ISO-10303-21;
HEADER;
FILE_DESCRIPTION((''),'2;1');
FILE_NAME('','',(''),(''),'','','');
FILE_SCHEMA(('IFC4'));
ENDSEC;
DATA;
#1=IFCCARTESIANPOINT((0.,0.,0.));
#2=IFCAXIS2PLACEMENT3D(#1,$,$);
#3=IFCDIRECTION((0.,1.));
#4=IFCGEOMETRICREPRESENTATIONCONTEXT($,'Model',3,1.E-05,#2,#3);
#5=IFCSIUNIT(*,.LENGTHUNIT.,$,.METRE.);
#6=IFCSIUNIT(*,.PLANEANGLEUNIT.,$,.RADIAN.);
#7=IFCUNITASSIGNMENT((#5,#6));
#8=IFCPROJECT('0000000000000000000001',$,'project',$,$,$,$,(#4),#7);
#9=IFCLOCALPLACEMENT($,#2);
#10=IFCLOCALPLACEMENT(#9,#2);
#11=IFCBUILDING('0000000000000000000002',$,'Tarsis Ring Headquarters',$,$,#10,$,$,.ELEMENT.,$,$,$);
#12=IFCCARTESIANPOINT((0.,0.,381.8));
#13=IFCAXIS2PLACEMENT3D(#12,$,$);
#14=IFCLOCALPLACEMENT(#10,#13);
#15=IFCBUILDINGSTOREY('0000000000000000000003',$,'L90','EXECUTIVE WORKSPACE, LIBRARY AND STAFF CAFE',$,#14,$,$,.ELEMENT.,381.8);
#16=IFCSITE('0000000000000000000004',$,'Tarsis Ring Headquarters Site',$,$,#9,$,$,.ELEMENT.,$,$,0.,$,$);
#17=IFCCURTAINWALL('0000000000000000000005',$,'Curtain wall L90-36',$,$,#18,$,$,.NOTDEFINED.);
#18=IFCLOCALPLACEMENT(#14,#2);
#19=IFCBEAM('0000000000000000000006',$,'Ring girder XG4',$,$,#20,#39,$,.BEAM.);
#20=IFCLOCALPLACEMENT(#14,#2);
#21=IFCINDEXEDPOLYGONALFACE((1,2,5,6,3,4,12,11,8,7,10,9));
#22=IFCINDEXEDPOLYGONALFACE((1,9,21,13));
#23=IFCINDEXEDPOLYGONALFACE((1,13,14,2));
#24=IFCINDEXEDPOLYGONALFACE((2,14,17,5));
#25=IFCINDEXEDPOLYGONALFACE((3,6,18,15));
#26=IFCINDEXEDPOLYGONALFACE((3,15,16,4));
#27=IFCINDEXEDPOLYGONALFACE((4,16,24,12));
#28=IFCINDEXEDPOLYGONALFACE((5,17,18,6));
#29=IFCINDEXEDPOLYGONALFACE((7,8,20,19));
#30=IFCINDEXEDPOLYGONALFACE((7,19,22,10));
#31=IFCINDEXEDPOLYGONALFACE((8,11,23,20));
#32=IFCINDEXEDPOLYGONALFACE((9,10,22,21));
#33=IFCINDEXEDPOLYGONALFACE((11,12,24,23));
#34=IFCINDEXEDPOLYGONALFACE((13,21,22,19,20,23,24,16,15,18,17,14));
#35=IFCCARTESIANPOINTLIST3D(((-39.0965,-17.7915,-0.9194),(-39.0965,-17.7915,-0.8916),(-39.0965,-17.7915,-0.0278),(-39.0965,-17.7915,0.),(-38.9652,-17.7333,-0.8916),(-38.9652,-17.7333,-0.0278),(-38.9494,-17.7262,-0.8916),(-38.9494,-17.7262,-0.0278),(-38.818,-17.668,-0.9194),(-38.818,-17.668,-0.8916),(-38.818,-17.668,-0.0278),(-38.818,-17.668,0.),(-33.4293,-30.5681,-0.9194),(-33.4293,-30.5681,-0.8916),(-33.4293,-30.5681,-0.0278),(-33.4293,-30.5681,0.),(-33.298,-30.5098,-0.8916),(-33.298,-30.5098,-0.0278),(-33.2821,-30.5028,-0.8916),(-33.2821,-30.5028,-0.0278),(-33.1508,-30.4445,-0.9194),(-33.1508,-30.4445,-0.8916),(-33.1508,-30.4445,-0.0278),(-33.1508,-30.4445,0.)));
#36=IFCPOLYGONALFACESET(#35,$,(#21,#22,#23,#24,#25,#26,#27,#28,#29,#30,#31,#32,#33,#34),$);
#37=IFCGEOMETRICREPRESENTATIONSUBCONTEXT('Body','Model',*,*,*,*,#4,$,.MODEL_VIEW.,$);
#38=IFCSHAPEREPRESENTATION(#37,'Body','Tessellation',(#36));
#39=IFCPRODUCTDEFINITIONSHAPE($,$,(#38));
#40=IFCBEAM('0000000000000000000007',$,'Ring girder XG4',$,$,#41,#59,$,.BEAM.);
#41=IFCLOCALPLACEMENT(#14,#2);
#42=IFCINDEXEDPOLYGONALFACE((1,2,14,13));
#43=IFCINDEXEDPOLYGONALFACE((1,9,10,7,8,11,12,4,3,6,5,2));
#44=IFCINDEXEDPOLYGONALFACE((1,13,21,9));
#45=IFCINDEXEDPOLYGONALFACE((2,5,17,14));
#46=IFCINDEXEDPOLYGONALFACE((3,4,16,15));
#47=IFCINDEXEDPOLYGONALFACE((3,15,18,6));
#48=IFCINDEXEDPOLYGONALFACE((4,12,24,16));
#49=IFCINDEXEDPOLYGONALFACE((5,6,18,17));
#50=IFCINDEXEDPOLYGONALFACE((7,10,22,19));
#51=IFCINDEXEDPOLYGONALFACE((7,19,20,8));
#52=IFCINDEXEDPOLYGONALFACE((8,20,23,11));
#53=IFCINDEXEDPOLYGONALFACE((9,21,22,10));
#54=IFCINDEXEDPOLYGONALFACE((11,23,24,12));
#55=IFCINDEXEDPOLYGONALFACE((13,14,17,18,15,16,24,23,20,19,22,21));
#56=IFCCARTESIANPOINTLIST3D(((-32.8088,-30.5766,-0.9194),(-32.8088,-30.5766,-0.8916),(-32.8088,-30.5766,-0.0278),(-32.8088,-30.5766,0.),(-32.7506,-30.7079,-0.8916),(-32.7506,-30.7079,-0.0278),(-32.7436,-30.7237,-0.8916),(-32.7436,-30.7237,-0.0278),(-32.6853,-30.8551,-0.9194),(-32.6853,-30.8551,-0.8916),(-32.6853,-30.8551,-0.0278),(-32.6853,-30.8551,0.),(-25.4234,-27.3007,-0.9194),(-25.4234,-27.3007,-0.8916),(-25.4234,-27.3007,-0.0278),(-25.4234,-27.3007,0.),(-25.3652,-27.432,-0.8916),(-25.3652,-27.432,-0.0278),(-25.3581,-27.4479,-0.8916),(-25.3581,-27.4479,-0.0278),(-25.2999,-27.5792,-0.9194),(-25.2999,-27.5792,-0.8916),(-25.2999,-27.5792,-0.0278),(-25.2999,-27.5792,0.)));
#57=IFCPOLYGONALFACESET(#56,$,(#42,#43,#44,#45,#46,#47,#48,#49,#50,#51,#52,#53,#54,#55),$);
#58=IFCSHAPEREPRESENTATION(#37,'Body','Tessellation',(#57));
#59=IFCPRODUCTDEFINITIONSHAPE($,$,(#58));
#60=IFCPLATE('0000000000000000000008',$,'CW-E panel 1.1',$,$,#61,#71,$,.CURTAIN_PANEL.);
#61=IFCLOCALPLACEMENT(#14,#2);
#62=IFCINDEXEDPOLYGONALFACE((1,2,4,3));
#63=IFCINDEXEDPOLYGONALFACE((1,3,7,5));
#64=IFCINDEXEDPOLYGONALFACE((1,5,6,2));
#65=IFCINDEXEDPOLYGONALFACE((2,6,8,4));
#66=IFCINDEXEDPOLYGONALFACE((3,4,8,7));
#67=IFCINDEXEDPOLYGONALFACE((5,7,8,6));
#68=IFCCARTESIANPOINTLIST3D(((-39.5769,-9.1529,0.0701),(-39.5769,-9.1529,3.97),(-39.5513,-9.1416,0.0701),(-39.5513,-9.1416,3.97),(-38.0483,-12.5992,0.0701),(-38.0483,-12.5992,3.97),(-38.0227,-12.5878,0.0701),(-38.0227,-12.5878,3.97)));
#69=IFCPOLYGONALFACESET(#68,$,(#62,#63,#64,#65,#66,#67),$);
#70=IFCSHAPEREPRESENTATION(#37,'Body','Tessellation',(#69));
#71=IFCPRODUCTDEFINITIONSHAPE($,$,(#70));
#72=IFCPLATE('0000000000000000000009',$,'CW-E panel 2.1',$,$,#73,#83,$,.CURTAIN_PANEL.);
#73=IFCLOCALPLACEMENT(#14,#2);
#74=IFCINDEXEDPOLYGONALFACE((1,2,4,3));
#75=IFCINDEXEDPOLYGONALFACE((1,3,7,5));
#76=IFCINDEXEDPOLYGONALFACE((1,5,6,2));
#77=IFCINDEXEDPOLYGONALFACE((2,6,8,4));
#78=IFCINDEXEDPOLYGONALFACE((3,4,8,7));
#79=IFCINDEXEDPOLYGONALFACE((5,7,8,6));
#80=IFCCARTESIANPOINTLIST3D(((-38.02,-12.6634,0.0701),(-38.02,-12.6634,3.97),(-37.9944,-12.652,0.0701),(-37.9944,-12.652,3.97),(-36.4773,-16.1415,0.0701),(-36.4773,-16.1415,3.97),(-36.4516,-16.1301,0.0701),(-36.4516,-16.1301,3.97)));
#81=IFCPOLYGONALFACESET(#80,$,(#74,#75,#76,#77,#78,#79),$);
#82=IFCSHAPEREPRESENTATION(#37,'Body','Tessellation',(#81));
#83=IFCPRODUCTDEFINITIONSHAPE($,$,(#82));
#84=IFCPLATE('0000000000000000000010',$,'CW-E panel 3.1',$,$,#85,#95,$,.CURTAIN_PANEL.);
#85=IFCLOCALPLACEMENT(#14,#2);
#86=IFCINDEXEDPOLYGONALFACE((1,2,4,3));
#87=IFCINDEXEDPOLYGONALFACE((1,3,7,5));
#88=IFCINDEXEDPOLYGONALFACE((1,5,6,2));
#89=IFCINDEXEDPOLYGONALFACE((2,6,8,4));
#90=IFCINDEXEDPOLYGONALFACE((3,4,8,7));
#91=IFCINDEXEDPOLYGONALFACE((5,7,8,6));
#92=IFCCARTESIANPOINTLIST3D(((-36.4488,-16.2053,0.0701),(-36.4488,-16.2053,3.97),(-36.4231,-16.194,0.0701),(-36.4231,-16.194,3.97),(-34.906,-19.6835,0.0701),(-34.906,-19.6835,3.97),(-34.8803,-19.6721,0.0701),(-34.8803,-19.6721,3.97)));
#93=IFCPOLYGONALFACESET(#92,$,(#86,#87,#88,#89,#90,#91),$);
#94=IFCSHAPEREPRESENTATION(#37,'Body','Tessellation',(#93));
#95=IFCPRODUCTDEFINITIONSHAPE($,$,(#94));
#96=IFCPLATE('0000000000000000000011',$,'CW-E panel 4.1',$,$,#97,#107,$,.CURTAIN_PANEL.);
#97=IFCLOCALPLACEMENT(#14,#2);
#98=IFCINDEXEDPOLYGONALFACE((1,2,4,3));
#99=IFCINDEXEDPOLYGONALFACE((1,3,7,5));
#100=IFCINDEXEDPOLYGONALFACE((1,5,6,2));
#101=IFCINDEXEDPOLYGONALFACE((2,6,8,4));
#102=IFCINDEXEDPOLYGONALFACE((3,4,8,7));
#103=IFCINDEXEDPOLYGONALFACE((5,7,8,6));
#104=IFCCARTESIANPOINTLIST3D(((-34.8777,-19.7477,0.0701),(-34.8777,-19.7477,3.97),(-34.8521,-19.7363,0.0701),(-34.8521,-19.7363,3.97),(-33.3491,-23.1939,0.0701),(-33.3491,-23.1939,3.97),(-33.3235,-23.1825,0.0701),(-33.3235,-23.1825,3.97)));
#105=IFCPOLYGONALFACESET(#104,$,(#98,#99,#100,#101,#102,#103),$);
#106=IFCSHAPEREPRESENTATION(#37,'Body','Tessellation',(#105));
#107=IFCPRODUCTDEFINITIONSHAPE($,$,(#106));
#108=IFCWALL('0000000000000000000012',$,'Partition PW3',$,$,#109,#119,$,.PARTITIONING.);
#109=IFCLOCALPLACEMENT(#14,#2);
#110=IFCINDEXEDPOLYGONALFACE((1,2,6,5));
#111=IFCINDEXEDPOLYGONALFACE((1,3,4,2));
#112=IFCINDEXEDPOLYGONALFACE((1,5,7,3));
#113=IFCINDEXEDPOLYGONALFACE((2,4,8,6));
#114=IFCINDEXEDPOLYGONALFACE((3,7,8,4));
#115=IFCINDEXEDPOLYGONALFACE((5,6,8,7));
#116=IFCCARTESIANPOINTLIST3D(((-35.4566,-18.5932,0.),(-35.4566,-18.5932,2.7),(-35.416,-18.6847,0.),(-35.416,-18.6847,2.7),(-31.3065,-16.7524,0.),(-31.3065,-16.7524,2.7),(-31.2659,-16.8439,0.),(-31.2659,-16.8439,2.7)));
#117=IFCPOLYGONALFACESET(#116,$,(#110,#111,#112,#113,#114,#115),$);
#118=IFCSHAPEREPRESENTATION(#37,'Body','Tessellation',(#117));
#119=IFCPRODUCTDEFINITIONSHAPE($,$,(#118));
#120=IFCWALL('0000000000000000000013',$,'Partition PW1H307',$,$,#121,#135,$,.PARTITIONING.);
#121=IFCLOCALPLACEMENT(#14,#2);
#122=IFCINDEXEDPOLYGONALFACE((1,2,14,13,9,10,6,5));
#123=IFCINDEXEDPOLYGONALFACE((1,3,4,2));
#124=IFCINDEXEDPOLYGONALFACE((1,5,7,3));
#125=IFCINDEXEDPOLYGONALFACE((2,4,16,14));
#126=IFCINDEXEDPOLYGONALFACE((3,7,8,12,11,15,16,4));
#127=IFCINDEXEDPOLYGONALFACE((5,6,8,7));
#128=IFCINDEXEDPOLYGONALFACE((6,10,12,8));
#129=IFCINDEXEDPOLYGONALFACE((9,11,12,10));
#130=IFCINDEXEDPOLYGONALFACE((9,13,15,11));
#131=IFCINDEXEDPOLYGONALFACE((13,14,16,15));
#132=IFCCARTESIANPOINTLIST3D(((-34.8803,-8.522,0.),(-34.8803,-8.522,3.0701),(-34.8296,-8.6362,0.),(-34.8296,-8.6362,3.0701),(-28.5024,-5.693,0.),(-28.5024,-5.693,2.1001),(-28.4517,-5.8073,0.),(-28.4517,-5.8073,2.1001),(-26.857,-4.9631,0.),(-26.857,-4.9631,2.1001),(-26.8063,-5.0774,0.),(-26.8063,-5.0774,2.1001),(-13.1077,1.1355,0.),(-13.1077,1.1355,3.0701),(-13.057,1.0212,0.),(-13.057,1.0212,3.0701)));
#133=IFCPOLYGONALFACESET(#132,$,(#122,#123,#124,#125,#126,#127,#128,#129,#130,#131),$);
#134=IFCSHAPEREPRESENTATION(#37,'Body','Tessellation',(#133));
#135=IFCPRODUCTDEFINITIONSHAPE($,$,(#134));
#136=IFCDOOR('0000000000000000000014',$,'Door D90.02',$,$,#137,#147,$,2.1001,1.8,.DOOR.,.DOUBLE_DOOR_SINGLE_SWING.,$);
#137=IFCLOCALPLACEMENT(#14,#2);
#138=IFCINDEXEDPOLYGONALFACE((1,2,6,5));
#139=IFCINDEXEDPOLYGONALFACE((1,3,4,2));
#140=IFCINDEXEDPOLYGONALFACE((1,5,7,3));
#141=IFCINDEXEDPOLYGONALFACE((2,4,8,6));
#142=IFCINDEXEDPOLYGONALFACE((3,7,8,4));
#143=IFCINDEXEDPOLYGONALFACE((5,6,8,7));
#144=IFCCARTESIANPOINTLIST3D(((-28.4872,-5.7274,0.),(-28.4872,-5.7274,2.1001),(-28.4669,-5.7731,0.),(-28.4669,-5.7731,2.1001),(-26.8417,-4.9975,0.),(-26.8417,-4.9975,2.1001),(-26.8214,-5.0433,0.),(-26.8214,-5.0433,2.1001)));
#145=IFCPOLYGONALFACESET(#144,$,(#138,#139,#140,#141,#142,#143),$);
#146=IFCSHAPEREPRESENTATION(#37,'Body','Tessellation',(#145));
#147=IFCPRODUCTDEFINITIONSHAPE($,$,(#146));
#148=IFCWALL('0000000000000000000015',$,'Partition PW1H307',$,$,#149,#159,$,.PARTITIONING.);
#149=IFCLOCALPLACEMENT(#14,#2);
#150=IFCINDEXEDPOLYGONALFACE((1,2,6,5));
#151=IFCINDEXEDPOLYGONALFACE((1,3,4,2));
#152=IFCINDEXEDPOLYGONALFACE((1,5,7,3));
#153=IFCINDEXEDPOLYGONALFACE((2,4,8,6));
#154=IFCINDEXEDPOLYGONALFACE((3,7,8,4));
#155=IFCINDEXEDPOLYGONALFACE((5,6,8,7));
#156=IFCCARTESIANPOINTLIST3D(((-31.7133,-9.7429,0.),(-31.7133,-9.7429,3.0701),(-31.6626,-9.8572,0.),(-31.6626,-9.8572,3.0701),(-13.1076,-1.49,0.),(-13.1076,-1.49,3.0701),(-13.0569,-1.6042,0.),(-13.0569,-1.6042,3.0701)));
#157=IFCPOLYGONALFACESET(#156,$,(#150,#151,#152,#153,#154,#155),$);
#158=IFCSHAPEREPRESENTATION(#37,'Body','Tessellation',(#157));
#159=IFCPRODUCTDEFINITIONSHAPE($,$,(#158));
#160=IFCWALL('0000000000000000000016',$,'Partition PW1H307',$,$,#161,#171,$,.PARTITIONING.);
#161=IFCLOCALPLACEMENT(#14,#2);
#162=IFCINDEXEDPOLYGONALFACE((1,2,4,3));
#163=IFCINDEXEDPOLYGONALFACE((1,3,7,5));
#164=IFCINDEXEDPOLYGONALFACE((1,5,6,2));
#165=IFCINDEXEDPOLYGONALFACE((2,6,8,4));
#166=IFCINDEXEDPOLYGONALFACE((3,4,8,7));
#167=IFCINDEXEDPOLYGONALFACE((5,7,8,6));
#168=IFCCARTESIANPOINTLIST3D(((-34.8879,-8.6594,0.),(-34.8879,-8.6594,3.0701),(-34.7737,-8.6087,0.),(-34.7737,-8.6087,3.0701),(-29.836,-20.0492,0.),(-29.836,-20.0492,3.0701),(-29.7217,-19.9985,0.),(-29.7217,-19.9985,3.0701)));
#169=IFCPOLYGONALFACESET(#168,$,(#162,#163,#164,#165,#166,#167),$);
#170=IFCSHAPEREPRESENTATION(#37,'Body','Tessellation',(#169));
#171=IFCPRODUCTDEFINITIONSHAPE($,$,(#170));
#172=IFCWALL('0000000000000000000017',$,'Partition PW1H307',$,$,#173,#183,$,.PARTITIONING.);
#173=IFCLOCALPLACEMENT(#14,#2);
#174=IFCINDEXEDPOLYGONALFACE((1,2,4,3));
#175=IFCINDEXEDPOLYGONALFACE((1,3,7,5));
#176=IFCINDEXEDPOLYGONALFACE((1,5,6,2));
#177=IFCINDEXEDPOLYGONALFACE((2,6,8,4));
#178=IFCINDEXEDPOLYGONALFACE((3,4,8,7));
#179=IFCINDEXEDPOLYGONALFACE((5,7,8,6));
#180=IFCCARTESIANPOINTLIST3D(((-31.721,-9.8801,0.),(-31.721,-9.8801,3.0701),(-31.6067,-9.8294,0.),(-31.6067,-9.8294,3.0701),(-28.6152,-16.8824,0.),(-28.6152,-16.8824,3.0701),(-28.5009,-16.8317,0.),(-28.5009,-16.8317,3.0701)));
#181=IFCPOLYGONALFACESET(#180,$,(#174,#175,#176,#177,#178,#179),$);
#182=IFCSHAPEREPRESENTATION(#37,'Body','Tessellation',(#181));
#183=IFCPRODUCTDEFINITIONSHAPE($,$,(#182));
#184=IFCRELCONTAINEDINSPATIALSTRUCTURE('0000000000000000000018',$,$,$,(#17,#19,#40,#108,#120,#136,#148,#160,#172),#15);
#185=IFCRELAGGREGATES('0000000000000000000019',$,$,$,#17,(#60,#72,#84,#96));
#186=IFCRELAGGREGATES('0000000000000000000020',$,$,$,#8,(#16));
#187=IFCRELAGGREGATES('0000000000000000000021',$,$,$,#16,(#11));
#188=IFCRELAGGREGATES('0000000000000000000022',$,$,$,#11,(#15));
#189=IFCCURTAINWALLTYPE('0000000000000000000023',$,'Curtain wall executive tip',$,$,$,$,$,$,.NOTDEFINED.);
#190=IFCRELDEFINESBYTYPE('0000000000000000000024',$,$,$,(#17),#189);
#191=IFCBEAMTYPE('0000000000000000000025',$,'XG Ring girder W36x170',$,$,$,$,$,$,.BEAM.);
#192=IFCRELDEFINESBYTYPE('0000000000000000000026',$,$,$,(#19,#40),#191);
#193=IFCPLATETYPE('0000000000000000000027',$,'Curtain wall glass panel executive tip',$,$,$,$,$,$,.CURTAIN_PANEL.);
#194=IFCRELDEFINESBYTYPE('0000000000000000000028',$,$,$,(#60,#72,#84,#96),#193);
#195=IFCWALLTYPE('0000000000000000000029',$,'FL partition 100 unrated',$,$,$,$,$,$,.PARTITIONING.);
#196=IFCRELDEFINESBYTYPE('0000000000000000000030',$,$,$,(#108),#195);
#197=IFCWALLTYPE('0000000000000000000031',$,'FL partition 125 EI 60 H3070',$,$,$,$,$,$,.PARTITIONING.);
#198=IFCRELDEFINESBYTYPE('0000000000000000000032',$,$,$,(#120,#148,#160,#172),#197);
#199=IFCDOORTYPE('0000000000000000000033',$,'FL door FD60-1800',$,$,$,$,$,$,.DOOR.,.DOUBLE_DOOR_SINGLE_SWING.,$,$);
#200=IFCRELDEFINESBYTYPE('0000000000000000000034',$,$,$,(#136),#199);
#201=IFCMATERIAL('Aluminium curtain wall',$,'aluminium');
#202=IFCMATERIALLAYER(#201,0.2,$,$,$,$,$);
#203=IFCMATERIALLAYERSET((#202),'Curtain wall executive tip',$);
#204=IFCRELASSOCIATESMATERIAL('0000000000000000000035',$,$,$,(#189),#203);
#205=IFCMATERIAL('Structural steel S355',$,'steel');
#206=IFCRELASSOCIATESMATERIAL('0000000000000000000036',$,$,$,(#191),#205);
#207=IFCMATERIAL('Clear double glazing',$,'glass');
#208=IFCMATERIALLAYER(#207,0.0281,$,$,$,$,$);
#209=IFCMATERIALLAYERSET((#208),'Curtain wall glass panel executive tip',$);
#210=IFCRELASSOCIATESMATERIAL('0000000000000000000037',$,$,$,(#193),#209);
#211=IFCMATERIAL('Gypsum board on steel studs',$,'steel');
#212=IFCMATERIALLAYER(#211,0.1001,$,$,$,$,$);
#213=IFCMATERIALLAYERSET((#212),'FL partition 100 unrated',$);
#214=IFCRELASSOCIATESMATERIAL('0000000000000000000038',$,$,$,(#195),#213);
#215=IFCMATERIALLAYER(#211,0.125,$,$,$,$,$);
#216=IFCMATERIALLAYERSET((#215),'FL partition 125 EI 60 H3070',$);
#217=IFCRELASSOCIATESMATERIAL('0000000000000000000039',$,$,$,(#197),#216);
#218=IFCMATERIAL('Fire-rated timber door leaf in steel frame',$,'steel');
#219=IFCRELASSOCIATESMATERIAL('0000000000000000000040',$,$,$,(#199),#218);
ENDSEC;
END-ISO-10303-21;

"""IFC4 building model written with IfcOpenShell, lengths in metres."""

from ifc_helpers import new_model, si_unit, direction, frame, frame_2d, origin, origin_2d, place, context, subcontext, project, spatial, rectangle, i_section, extrude, material, layer, layer_set, material_profile, profile_set, type_object, element, fill, aggregate, save


model = new_model("IFC4")

# Units and contexts
model_context = context("Model", 3, precision=1e-05, world=origin(), true_north=direction((0.0, 1.0)))
body_context = subcontext(model_context, "Body", "Model", "MODEL_VIEW")
ifc_project = project(units=[si_unit("LENGTHUNIT", "METRE"), si_unit("PLANEANGLEUNIT", "RADIAN")], contexts=[model_context])

# Site, building, storey
site_placement = place(None, origin())
site = spatial("IfcSite", under=ifc_project, at=site_placement, Name="Tarsis Ring Headquarters Site", CompositionType="ELEMENT", RefElevation=0.0)
building_placement = place(site_placement, origin())
building = spatial("IfcBuilding", under=site, at=building_placement, Name="Tarsis Ring Headquarters", CompositionType="ELEMENT")
storey_placement = place(building_placement, frame((0.0, 0.0, 381.8)))
storey = spatial("IfcBuildingStorey", under=building, at=storey_placement, Name="L90", Description="EXECUTIVE WORKSPACE, LIBRARY AND STAFF CAFE", CompositionType="ELEMENT", Elevation=381.8)

# Shared definitions
ifc_material_1 = material(Name="Structural steel S355", Category="steel")

# Curtain wall
ifc_material_2 = material(Name="Aluminium curtain wall", Category="aluminium")
ifc_layer_1 = layer(ifc_material_2, 0.2)
ifc_layer_set_1 = layer_set([ifc_layer_1], Name="Curtain wall executive tip")
curtain_wall_type = type_object("IfcCurtainWallType", Name="Curtain wall executive tip", PredefinedType="NOTDEFINED", material=ifc_layer_set_1)
curtain_wall_placement = place(storey_placement, origin())
curtain_wall = element("IfcCurtainWall", 1, at=curtain_wall_placement, inside=storey, type_object=curtain_wall_type, Name="Curtain wall L90-36", PredefinedType="NOTDEFINED")

# Beams
ifc_material_profile_1 = material_profile(ifc_material_1, i_section(OverallWidth=0.3047, OverallDepth=0.9194, WebThickness=0.0173, FlangeThickness=0.0278, at=origin_2d()), Name="W36x170")
ifc_profile_set_1 = profile_set([ifc_material_profile_1], Name="Structural steel S355")
beam_type = type_object("IfcBeamType", Name="XG Ring girder W36x170", PredefinedType="BEAM", material=ifc_profile_set_1)
beam_1_placement = place(storey_placement, frame((-38.9573, -17.7297, -0.4597), z_axis=(0.405466, -0.91411, 0.0), x_axis=(0.91411, 0.405466, 0.0)))
element("IfcBeam", 2, at=beam_1_placement, inside=storey, type_object=beam_type, Name="Ring girder XG4", PredefinedType="BEAM", context=body_context, shape_type="SweptSolid", body=[
    extrude(i_section(OverallWidth=0.3047, OverallDepth=0.9194, WebThickness=0.0173, FlangeThickness=0.0278, at=origin_2d()), origin(), (0.0, 0.0, 1.0), 13.9771),
])
beam_2_placement = place(storey_placement, frame((-32.7471, -30.7158, -0.4597), z_axis=(0.914113, 0.40546, 0.0), x_axis=(-0.40546, 0.914113, 0.0)))
element("IfcBeam", 3, at=beam_2_placement, inside=storey, type_object=beam_type, Name="Ring girder XG4", PredefinedType="BEAM", context=body_context, shape_type="SweptSolid", body=[
    extrude(i_section(OverallWidth=0.3047, OverallDepth=0.9194, WebThickness=0.0173, FlangeThickness=0.0278, at=origin_2d()), origin(), (0.0, 0.0, 1.0), 8.0793),
])

# Plates
ifc_material_3 = material(Name="Clear double glazing", Category="glass")
ifc_layer_2 = layer(ifc_material_3, 0.0281)
ifc_layer_set_2 = layer_set([ifc_layer_2], Name="Curtain wall glass panel executive tip")
plate_type = type_object("IfcPlateType", Name="Curtain wall glass panel executive tip", PredefinedType="CURTAIN_PANEL", material=ifc_layer_set_2)
plate_1_placement = place(storey_placement, frame((-38.7998, -10.8704, 0.0701), z_axis=(0.0, 0.0, 1.0), x_axis=(0.405461, -0.914112, 0.0)))
plate_1 = element("IfcPlate", 4, at=plate_1_placement, type_object=plate_type, Name="CW-E panel 1.1", PredefinedType="CURTAIN_PANEL", context=body_context, shape_type="SweptSolid", body=[
    extrude(rectangle(XDim=3.77, YDim=0.0281, at=origin_2d()), origin(), (0.0, 0.0, 1.0), 3.8999),
])
plate_2_placement = place(storey_placement, frame((-37.2358, -14.3967, 0.0701), z_axis=(0.0, 0.0, 1.0), x_axis=(0.405461, -0.914112, 0.0)))
plate_2 = element("IfcPlate", 5, at=plate_2_placement, type_object=plate_type, Name="CW-E panel 2.1", PredefinedType="CURTAIN_PANEL", context=body_context, shape_type="SweptSolid", body=[
    extrude(rectangle(XDim=3.8049, YDim=0.0281, at=origin_2d()), origin(), (0.0, 0.0, 1.0), 3.8999),
])
plate_3_placement = place(storey_placement, frame((-35.6646, -17.9387, 0.0701), z_axis=(0.0, 0.0, 1.0), x_axis=(0.405461, -0.914112, 0.0)))
plate_3 = element("IfcPlate", 6, at=plate_3_placement, type_object=plate_type, Name="CW-E panel 3.1", PredefinedType="CURTAIN_PANEL", context=body_context, shape_type="SweptSolid", body=[
    extrude(rectangle(XDim=3.8049, YDim=0.0281, at=origin_2d()), origin(), (0.0, 0.0, 1.0), 3.8999),
])
plate_4_placement = place(storey_placement, frame((-34.1006, -21.4651, 0.0701), z_axis=(0.0, 0.0, 1.0), x_axis=(0.405461, -0.914112, 0.0)))
plate_4 = element("IfcPlate", 7, at=plate_4_placement, type_object=plate_type, Name="CW-E panel 4.1", PredefinedType="CURTAIN_PANEL", context=body_context, shape_type="SweptSolid", body=[
    extrude(rectangle(XDim=3.77, YDim=0.0281, at=origin_2d()), origin(), (0.0, 0.0, 1.0), 3.8999),
])
aggregate(curtain_wall, [plate_1, plate_2, plate_3, plate_4])

# Wall
ifc_material_4 = material(Name="Gypsum board on steel studs", Category="steel")
ifc_layer_3 = layer(ifc_material_4, 0.1001)
ifc_layer_set_3 = layer_set([ifc_layer_3], Name="FL partition 100 unrated")
wall_type_1 = type_object("IfcWallType", Name="FL partition 100 unrated", PredefinedType="PARTITIONING", material=ifc_layer_set_3)
wall_1_placement = place(storey_placement, frame((-35.4363, -18.6389, 0.0), z_axis=(0.0, 0.0, 1.0), x_axis=(0.914113, 0.40546, 0.0)))
element("IfcWall", 8, at=wall_1_placement, inside=storey, type_object=wall_type_1, Name="Partition PW3", PredefinedType="PARTITIONING", context=body_context, shape_type="SweptSolid", body=[
    extrude(rectangle(XDim=4.54, YDim=0.1001, at=frame_2d((2.27, 0.0))), origin(), (0.0, 0.0, 1.0), 2.7),
])

# Wall, opening, door
ifc_layer_4 = layer(ifc_material_4, 0.125)
ifc_layer_set_4 = layer_set([ifc_layer_4], Name="FL partition 125 EI 60 H3070")
wall_type_2 = type_object("IfcWallType", Name="FL partition 125 EI 60 H3070", PredefinedType="PARTITIONING", material=ifc_layer_set_4)
wall_2_placement = place(storey_placement, frame((-34.855, -8.5791, 0.0), z_axis=(0.0, 0.0, 1.0), x_axis=(0.914112, 0.405462, 0.0)))
wall_2 = element("IfcWall", 9, at=wall_2_placement, inside=storey, type_object=wall_type_2, Name="Partition PW1H307", PredefinedType="PARTITIONING", context=body_context, shape_type="SweptSolid", body=[
    extrude(rectangle(XDim=23.8184, YDim=0.125, at=frame_2d((11.9092, 0.0))), origin(), (0.0, 0.0, 1.0), 3.0701),
])
opening_placement = place(wall_2_placement, frame((6.9773, 0.0, 0.0)))
opening = element("IfcOpeningElement", 10, at=opening_placement, cuts=wall_2, PredefinedType="OPENING", context=body_context, shape_type="SweptSolid", body=[
    extrude(rectangle(XDim=1.8, YDim=2.1001, at=frame_2d((0.8999, 1.05))), frame((0.0, 0.0725, 0.0), z_axis=(0.0, -1.0, 0.0), x_axis=(1.0, 0.0, 0.0)), (0.0, 0.0, 1.0), 0.145),
])
ifc_material_5 = material(Name="Fire-rated timber door leaf in steel frame", Category="steel")
door_type = type_object("IfcDoorType", Name="FL door FD60-1800", OperationType="DOUBLE_DOOR_SINGLE_SWING", PredefinedType="DOOR", material=ifc_material_5)
door_placement = place(opening_placement, origin())
door = element("IfcDoor", 11, at=door_placement, inside=storey, type_object=door_type, Name="Door D90.02", OperationType="DOUBLE_DOOR_SINGLE_SWING", OverallHeight=2.1001, OverallWidth=1.8, PredefinedType="DOOR", context=body_context, shape_type="SweptSolid", body=[
    extrude(rectangle(XDim=1.8, YDim=2.1001, at=frame_2d((0.8999, 1.05))), frame((0.0, 0.0249, 0.0), z_axis=(0.0, -1.0, 0.0), x_axis=(1.0, 0.0, 0.0)), (0.0, 0.0, 1.0), 0.05),
])
fill(opening, door)

# Walls
wall_3_placement = place(storey_placement, frame((-31.688, -9.8, 0.0), z_axis=(0.0, 0.0, 1.0), x_axis=(0.914108, 0.405471, 0.0)))
element("IfcWall", 12, at=wall_3_placement, inside=storey, type_object=wall_type_2, Name="Partition PW1H307", PredefinedType="PARTITIONING", context=body_context, shape_type="SweptSolid", body=[
    extrude(rectangle(XDim=20.354, YDim=0.125, at=frame_2d((10.177, 0.0))), origin(), (0.0, 0.0, 1.0), 3.0701),
])
wall_4_placement = place(storey_placement, frame((-34.8308, -8.634, 0.0), z_axis=(0.0, 0.0, 1.0), x_axis=(0.405457, -0.914114, 0.0)))
element("IfcWall", 13, at=wall_4_placement, inside=storey, type_object=wall_type_2, Name="Partition PW1H307", PredefinedType="PARTITIONING", context=body_context, shape_type="SweptSolid", body=[
    extrude(rectangle(XDim=12.46, YDim=0.125, at=frame_2d((6.23, 0.0))), origin(), (0.0, 0.0, 1.0), 3.0701),
])
wall_5_placement = place(storey_placement, frame((-31.6638, -9.8547, 0.0), z_axis=(0.0, 0.0, 1.0), x_axis=(0.405443, -0.91412, 0.0)))
element("IfcWall", 14, at=wall_5_placement, inside=storey, type_object=wall_type_2, Name="Partition PW1H307", PredefinedType="PARTITIONING", context=body_context, shape_type="SweptSolid", body=[
    extrude(rectangle(XDim=7.6602, YDim=0.125, at=frame_2d((3.8301, 0.0))), origin(), (0.0, 0.0, 1.0), 3.0701),
])

save(model, "model.ifc")
